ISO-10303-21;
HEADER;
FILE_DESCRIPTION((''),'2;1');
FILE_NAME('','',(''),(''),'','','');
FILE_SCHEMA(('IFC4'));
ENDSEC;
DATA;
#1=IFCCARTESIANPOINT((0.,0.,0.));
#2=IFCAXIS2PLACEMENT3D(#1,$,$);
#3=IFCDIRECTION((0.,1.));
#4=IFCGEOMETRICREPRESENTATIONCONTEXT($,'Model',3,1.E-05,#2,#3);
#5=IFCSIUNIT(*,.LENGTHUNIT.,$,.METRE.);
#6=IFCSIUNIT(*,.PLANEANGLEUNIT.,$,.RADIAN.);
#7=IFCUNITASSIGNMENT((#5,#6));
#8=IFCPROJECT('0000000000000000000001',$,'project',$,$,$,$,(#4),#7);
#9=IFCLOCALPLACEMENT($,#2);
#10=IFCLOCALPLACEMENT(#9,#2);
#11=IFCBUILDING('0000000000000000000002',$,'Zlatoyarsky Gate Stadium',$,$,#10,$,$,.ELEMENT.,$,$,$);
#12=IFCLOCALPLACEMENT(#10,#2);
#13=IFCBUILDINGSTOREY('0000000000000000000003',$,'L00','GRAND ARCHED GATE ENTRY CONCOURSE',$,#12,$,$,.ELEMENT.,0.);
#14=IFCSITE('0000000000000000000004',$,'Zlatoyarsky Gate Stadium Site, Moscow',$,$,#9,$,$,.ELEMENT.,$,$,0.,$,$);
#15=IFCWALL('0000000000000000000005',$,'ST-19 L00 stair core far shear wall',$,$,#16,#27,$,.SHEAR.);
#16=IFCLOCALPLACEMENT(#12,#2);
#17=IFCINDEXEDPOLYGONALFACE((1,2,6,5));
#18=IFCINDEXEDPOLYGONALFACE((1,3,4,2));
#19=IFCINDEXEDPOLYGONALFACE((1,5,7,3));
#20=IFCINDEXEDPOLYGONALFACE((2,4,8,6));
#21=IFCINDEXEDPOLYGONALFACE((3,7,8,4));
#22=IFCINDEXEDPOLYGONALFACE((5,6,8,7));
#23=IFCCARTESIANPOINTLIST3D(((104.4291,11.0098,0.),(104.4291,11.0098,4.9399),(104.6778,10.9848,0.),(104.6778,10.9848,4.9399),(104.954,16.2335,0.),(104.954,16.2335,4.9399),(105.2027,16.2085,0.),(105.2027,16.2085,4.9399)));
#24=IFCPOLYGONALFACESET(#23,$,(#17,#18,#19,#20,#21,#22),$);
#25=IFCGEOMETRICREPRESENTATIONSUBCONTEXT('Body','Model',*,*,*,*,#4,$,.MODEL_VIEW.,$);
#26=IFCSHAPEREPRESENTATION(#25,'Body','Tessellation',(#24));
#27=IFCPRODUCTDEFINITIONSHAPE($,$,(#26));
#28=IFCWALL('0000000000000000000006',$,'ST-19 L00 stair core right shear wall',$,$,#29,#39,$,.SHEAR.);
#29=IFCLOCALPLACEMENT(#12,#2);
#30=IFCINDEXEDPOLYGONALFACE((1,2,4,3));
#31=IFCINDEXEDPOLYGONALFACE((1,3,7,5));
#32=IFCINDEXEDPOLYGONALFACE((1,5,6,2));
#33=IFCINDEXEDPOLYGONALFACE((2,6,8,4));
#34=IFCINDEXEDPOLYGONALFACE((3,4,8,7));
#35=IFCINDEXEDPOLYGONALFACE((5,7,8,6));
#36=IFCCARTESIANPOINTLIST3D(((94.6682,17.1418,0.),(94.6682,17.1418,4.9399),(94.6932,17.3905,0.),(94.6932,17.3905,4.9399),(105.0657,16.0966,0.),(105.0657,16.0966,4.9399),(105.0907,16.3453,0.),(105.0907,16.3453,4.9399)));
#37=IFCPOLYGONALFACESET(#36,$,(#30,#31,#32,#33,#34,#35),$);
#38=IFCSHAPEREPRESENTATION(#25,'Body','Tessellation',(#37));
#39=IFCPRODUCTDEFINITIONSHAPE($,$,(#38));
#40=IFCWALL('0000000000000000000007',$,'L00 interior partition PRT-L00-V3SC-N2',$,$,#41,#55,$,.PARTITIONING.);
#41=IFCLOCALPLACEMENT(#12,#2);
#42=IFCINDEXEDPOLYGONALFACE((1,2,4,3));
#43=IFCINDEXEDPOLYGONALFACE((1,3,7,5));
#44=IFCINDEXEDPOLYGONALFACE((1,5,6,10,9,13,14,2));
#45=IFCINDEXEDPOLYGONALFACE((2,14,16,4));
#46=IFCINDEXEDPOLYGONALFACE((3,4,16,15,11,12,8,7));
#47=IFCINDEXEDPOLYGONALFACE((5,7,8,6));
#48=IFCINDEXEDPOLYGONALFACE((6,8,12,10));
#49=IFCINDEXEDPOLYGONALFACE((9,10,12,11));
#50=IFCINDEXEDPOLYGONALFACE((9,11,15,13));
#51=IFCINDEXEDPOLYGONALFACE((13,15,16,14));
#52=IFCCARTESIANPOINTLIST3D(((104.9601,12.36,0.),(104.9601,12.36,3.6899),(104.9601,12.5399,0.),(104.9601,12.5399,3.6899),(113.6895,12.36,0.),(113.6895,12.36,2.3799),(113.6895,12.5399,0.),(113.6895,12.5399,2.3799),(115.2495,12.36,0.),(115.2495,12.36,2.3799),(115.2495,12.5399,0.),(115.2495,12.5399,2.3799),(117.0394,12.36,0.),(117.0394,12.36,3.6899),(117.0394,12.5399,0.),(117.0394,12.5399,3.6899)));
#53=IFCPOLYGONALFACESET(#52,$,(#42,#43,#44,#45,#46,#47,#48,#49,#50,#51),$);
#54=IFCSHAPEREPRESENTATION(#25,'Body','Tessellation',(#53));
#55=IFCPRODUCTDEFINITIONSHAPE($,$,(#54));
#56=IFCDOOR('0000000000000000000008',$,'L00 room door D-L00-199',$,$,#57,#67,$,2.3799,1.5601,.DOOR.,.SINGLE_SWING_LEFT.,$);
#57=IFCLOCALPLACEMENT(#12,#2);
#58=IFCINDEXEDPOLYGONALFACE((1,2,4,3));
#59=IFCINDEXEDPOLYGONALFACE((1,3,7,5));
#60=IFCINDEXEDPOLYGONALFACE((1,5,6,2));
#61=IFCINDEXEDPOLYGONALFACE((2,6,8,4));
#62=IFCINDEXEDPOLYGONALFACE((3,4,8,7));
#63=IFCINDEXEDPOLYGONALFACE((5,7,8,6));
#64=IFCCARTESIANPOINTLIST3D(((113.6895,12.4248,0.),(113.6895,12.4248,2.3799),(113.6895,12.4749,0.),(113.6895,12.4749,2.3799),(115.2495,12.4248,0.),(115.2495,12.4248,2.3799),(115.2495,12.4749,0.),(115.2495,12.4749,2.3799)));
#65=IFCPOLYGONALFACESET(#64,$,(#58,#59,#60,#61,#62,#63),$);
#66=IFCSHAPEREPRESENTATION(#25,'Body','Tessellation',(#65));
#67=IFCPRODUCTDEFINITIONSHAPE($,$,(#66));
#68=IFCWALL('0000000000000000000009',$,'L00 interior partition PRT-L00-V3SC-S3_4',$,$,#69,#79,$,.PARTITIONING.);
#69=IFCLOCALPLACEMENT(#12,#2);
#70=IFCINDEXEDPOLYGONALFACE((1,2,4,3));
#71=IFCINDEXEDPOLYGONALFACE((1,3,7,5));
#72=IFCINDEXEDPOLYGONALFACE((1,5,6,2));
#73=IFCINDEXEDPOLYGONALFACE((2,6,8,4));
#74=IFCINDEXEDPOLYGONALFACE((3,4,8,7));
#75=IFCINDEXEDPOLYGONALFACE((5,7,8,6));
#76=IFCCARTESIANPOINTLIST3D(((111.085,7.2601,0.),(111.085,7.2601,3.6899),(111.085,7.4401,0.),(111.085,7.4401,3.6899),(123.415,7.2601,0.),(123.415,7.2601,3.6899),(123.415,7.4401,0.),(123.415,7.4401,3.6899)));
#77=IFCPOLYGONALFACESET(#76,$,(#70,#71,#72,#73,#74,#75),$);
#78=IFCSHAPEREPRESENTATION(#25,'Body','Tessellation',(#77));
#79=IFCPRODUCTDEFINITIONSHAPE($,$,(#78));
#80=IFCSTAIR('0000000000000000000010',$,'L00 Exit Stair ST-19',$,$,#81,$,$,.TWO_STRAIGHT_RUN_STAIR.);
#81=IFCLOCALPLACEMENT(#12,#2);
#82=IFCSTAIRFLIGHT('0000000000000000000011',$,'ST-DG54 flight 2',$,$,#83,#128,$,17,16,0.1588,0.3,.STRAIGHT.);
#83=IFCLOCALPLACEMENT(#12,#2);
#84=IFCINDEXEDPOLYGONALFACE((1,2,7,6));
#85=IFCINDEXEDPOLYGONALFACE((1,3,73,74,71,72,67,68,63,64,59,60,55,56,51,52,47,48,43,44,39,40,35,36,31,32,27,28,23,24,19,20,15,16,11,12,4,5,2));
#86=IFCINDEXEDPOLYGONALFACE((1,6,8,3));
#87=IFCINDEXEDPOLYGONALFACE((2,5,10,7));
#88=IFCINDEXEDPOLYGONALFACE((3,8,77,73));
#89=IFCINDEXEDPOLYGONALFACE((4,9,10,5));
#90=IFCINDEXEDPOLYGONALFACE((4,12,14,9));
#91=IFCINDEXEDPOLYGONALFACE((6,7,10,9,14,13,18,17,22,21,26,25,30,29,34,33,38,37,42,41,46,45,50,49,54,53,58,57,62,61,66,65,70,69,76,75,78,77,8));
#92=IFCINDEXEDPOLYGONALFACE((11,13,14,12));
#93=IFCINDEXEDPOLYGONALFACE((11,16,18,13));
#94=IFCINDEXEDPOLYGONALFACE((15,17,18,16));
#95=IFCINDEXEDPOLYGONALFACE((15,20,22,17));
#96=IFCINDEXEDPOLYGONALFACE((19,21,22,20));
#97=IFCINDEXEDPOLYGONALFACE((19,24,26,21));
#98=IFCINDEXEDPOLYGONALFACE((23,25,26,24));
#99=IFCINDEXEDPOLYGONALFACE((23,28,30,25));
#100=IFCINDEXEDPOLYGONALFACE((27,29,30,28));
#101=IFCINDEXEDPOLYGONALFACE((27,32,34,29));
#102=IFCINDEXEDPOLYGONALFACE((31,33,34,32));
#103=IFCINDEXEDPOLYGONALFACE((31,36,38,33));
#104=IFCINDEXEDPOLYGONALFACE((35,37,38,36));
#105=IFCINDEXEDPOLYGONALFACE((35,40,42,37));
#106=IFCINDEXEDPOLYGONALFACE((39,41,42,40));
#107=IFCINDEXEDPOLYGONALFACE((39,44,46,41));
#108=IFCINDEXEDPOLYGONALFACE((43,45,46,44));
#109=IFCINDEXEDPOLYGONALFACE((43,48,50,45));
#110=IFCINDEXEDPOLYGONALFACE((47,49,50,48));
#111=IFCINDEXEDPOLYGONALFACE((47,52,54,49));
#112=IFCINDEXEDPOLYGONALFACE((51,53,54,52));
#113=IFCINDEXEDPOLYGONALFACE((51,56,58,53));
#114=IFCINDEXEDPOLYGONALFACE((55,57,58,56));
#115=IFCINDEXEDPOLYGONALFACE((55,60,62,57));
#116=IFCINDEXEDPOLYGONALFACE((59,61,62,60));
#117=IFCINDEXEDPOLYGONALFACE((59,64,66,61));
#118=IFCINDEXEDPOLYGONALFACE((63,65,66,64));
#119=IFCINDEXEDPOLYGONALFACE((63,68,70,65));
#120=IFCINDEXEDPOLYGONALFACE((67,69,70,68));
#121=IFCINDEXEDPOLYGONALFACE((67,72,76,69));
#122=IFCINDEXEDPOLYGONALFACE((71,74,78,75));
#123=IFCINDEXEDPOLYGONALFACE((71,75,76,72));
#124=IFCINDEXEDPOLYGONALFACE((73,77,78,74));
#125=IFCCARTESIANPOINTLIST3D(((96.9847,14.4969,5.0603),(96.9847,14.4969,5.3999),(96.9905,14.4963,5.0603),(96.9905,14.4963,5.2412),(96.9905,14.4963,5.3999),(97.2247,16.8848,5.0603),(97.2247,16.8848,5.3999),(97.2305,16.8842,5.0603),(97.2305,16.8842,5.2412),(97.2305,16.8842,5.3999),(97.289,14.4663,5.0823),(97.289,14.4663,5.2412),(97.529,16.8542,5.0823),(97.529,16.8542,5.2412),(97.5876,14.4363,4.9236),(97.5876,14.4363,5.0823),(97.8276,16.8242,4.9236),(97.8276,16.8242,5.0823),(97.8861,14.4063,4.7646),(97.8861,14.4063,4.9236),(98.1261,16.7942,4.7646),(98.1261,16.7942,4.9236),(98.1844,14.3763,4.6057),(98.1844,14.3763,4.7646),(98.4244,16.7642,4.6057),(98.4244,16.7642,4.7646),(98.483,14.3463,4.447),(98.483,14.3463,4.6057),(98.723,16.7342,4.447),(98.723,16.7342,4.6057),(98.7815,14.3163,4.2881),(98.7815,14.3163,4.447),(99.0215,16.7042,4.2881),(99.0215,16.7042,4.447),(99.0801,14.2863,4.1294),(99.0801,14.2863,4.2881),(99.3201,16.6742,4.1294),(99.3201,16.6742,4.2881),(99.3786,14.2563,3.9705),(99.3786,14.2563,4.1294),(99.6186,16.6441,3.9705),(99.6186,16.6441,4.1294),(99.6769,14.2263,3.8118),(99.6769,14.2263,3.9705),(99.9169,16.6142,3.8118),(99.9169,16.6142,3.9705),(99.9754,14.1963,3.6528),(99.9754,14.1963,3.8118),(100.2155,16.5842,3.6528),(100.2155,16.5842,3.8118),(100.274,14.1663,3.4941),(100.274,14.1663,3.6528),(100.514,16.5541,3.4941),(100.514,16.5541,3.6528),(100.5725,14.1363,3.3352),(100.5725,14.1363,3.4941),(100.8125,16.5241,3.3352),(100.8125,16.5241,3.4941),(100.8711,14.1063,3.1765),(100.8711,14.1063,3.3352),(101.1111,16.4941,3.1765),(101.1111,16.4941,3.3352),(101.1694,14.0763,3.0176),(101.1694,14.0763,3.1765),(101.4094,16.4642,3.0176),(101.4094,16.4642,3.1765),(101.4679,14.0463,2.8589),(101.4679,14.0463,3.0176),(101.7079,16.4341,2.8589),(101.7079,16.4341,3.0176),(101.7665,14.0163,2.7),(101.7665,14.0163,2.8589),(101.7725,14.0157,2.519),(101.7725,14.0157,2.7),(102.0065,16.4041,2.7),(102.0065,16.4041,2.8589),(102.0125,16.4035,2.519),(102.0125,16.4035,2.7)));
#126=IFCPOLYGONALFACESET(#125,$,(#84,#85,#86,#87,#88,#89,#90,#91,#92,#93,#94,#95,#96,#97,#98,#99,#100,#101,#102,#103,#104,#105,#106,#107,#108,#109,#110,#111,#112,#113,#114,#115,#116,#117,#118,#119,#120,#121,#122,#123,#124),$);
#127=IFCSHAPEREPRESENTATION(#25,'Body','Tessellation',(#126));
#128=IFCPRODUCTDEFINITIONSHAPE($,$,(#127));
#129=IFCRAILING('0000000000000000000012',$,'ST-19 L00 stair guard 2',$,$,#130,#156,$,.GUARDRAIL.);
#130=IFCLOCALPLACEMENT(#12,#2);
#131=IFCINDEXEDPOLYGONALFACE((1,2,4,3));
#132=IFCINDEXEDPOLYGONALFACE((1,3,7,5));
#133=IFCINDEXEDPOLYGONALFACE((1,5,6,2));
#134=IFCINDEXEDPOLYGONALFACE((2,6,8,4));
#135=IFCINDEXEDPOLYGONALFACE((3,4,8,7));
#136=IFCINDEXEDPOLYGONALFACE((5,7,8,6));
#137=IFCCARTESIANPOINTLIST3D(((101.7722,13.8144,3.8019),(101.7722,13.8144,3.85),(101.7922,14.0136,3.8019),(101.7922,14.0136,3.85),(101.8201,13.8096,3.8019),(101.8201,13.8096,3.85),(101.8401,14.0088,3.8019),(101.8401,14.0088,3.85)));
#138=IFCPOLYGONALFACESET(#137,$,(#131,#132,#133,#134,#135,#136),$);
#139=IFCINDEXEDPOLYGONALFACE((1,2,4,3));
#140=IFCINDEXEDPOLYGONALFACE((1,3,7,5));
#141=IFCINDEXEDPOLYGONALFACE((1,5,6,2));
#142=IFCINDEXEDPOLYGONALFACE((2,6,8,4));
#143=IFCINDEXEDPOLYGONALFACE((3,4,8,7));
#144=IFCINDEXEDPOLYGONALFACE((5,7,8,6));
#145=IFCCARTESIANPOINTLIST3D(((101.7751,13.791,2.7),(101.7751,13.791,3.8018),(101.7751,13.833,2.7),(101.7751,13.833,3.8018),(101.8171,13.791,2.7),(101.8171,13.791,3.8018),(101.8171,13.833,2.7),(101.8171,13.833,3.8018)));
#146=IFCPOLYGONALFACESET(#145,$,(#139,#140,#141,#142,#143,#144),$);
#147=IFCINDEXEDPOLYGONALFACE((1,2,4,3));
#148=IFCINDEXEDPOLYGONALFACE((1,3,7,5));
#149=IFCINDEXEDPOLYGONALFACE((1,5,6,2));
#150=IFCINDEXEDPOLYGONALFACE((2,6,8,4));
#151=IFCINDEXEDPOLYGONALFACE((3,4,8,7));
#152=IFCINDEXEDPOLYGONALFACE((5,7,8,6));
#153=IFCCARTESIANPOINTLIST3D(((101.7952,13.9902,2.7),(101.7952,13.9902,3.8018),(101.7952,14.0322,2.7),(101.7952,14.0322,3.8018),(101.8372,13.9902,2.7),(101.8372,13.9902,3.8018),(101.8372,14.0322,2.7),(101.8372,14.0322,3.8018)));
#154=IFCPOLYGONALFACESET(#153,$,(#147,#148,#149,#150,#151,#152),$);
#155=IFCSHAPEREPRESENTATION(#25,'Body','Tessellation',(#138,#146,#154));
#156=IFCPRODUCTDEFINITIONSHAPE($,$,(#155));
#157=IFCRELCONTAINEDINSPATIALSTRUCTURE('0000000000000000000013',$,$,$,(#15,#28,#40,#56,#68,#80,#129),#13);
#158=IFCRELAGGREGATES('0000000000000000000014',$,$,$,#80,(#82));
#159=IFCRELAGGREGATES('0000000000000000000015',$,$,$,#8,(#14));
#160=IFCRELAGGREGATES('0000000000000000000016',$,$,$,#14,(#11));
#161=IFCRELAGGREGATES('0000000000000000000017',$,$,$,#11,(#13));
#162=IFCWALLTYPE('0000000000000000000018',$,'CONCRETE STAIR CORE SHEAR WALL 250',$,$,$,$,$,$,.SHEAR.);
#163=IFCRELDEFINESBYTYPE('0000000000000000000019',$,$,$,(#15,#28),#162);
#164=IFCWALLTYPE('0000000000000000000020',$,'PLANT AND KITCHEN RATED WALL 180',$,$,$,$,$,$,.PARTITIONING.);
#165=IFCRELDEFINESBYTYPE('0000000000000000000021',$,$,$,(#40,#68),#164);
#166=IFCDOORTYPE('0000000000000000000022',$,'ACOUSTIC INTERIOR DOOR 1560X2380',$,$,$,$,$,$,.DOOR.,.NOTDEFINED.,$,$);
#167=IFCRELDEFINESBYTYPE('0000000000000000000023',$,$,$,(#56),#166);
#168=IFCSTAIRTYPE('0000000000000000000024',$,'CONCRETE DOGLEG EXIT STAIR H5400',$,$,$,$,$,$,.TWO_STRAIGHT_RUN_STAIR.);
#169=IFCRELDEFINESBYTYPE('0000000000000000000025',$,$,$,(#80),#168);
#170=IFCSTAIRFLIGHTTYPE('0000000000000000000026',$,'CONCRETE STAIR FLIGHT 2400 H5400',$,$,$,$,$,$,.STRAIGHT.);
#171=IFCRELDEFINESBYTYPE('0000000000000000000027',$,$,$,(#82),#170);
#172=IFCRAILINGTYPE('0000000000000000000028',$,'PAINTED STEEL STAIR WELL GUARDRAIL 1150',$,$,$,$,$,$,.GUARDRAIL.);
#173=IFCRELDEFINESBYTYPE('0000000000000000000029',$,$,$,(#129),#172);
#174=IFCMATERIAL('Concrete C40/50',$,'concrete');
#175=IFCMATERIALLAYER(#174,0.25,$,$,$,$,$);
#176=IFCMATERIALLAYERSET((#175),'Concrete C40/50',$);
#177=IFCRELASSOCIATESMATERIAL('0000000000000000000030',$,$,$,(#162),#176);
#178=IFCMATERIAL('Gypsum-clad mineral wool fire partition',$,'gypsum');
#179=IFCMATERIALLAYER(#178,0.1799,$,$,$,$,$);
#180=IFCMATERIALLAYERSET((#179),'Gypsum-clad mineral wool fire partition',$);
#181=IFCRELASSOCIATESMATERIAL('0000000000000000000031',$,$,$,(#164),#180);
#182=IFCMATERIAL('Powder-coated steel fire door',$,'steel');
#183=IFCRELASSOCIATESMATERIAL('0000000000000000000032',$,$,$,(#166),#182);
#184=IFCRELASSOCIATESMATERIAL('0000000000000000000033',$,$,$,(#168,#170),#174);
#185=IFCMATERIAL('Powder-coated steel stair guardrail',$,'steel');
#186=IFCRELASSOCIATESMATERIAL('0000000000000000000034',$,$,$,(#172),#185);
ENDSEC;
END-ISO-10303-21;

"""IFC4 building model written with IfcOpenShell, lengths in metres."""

from ifc_helpers import new_model, si_unit, direction, frame, frame_2d, origin, origin_2d, place, context, subcontext, project, spatial, polyline, rectangle, outline, extrude, material, layer, layer_set, type_object, element, fill, aggregate, save


model = new_model("IFC4")

# Units and contexts
model_context = context("Model", 3, precision=1e-05, world=origin(), true_north=direction((0.0, 1.0)))
body_context = subcontext(model_context, "Body", "Model", "MODEL_VIEW")
ifc_project = project(units=[si_unit("LENGTHUNIT", "METRE"), si_unit("PLANEANGLEUNIT", "RADIAN")], contexts=[model_context])

# Site, building, storey
site_placement = place(None, origin())
site = spatial("IfcSite", under=ifc_project, at=site_placement, Name="Zlatoyarsky Gate Stadium Site, Moscow", CompositionType="ELEMENT", RefElevation=0.0)
building_placement = place(site_placement, origin())
building = spatial("IfcBuilding", under=site, at=building_placement, Name="Zlatoyarsky Gate Stadium", CompositionType="ELEMENT")
storey_placement = place(building_placement, origin())
storey = spatial("IfcBuildingStorey", under=building, at=storey_placement, Name="L00", Description="GRAND ARCHED GATE ENTRY CONCOURSE", CompositionType="ELEMENT", Elevation=0.0)

# Shared definitions
ifc_material_1 = material(Name="Concrete C40/50", Category="concrete")

# Walls
ifc_material_2 = material(Name="Gypsum-clad mineral wool fire partition", Category="gypsum")
ifc_layer_1 = layer(ifc_material_1, 0.25)
ifc_layer_set_1 = layer_set([ifc_layer_1], Name="Concrete C40/50")
wall_type_1 = type_object("IfcWallType", Name="CONCRETE STAIR CORE SHEAR WALL 250", PredefinedType="SHEAR", material=ifc_layer_set_1)
wall_1_placement = place(storey_placement, frame((104.5535, 10.9973, 0.0), z_axis=(0.0, 0.0, 1.0), x_axis=(0.099983, 0.994989, 0.0)))
element("IfcWall", 1, at=wall_1_placement, inside=storey, type_object=wall_type_1, Name="ST-19 L00 stair core far shear wall", PredefinedType="SHEAR", context=body_context, shape_type="SweptSolid", body=[
    extrude(rectangle(XDim=5.25, YDim=0.25, at=frame_2d((2.625, 0.0))), origin(), (0.0, 0.0, 1.0), 4.9399),
])
wall_2_placement = place(storey_placement, frame((105.0784, 16.2209, 0.0), z_axis=(0.0, 0.0, 1.0), x_axis=(-0.994986, 0.100017, 0.0)))
element("IfcWall", 2, at=wall_2_placement, inside=storey, type_object=wall_type_1, Name="ST-19 L00 stair core right shear wall", PredefinedType="SHEAR", context=body_context, shape_type="SweptSolid", body=[
    extrude(rectangle(XDim=10.45, YDim=0.25, at=frame_2d((5.2251, 0.0))), origin(), (0.0, 0.0, 1.0), 4.9399),
])

# Wall, opening, door
ifc_layer_2 = layer(ifc_material_2, 0.1799)
ifc_layer_set_2 = layer_set([ifc_layer_2], Name="Gypsum-clad mineral wool fire partition")
wall_type_2 = type_object("IfcWallType", Name="PLANT AND KITCHEN RATED WALL 180", PredefinedType="PARTITIONING", material=ifc_layer_set_2)
wall_3_placement = place(storey_placement, frame((104.9602, 12.45, 0.0), z_axis=(0.0, 0.0, 1.0), x_axis=(1.0, 0.0, 0.0)))
wall_3 = element("IfcWall", 3, at=wall_3_placement, inside=storey, type_object=wall_type_2, Name="L00 interior partition PRT-L00-V3SC-N2", PredefinedType="PARTITIONING", context=body_context, shape_type="SweptSolid", body=[
    extrude(rectangle(XDim=12.0793, YDim=0.1799, at=frame_2d((6.0396, 0.0))), origin(), (0.0, 0.0, 1.0), 3.6899),
])
opening_1_placement = place(wall_3_placement, frame((8.7292, 0.0, 0.0)))
opening_1 = element("IfcOpeningElement", 4, at=opening_1_placement, cuts=wall_3, PredefinedType="OPENING", context=body_context, shape_type="SweptSolid", body=[
    extrude(rectangle(XDim=1.5601, YDim=2.3799, at=frame_2d((0.78, 1.1899))), frame((0.0, 0.0999, 0.0), z_axis=(0.0, -1.0, 0.0), x_axis=(1.0, 0.0, 0.0)), (0.0, 0.0, 1.0), 0.2),
])
ifc_material_3 = material(Name="Powder-coated steel fire door", Category="steel")
door_type_1 = type_object("IfcDoorType", Name="ACOUSTIC INTERIOR DOOR 1560X2380", OperationType="NOTDEFINED", PredefinedType="DOOR", material=ifc_material_3)
door_1_placement = place(opening_1_placement, origin())
door_1 = element("IfcDoor", 5, at=door_1_placement, inside=storey, type_object=door_type_1, Name="L00 room door D-L00-199", OperationType="SINGLE_SWING_LEFT", OverallHeight=2.3799, OverallWidth=1.5601, PredefinedType="DOOR", context=body_context, shape_type="SweptSolid", body=[
    extrude(rectangle(XDim=1.5601, YDim=2.3799, at=frame_2d((0.78, 1.1899))), frame((0.0, 0.0249, 0.0), z_axis=(0.0, -1.0, 0.0), x_axis=(1.0, 0.0, 0.0)), (0.0, 0.0, 1.0), 0.05),
])
fill(opening_1, door_1)

# Wall
wall_4_placement = place(storey_placement, frame((111.085, 7.3501, 0.0), z_axis=(0.0, 0.0, 1.0), x_axis=(1.0, 0.0, 0.0)))
element("IfcWall", 6, at=wall_4_placement, inside=storey, type_object=wall_type_2, Name="L00 interior partition PRT-L00-V3SC-S3_4", PredefinedType="PARTITIONING", context=body_context, shape_type="SweptSolid", body=[
    extrude(rectangle(XDim=12.3301, YDim=0.1799, at=frame_2d((6.165, 0.0))), origin(), (0.0, 0.0, 1.0), 3.6899),
])

# Stair, stair flight
stair_type = type_object("IfcStairType", Name="CONCRETE DOGLEG EXIT STAIR H5400", PredefinedType="TWO_STRAIGHT_RUN_STAIR", material=ifc_material_1)
stair_placement = place(storey_placement, origin())
stair = element("IfcStair", 7, at=stair_placement, inside=storey, type_object=stair_type, Name="L00 Exit Stair ST-19", PredefinedType="TWO_STRAIGHT_RUN_STAIR")
stair_flight_type = type_object("IfcStairFlightType", Name="CONCRETE STAIR FLIGHT 2400 H5400", PredefinedType="STRAIGHT", material=ifc_material_1)
stair_flight_placement = place(storey_placement, frame((101.8865, 15.2102, 2.7), z_axis=(0.0, 0.0, 1.0), x_axis=(-0.994987, 0.100006, 0.0)))
stair_flight = element("IfcStairFlight", 8, at=stair_flight_placement, type_object=stair_flight_type, Name="ST-DG54 flight 2", NumberOfRisers=17, NumberOfTreads=16, PredefinedType="STRAIGHT", RiserHeight=0.1588, TreadLength=0.3, context=body_context, shape_type="SweptSolid", body=[
    extrude(outline(polyline([(-0.0061, -0.1809), (-0.0061, 0.0), (0.0, 0.0), (0.0, 0.1589), (0.3, 0.1589), (0.3, 0.3176), (0.6001, 0.3176), (0.6001, 0.4766), (0.8999, 0.4766), (0.8999, 0.6353), (1.2, 0.6353), (1.2, 0.7942), (1.5, 0.7942), (1.5, 0.9529), (1.8, 0.9529), (1.8, 1.1118), (2.1001, 1.1118), (2.1001, 1.2705), (2.3999, 1.2705), (2.3999, 1.4294), (2.7, 1.4294), (2.7, 1.5881), (3.0, 1.5881), (3.0, 1.7471), (3.3, 1.7471), (3.3, 1.9058), (3.6001, 1.9058), (3.6001, 2.0647), (3.8999, 2.0647), (3.8999, 2.2236), (4.2, 2.2236), (4.2, 2.3823), (4.5, 2.3823), (4.5, 2.5413), (4.8, 2.5413), (4.8, 2.7), (4.8059, 2.7), (4.8059, 2.3604), (4.8, 2.3604), (-0.0061, -0.1809)])), frame((0.0, 1.2, 0.0), z_axis=(0.0, -1.0, 0.0), x_axis=(1.0, 0.0, 0.0)), (0.0, 0.0, 1.0), 2.3999),
])
aggregate(stair, [stair_flight])

# Railing
ifc_material_4 = material(Name="Powder-coated steel stair guardrail", Category="steel")
railing_type_1 = type_object("IfcRailingType", Name="PAINTED STEEL STAIR WELL GUARDRAIL 1150", PredefinedType="GUARDRAIL", material=ifc_material_4)
railing_1_placement = place(storey_placement, frame((101.7961, 13.812, 2.7)))
element("IfcRailing", 9, at=railing_1_placement, inside=storey, type_object=railing_type_1, Name="ST-19 L00 stair guard 2", PredefinedType="GUARDRAIL", context=body_context, shape_type="SweptSolid", body=[
    extrude(rectangle(XDim=0.0481, YDim=0.0481, at=origin_2d()), frame((0.0, 0.0, 1.126), z_axis=(0.099987, 0.994989, 0.0), x_axis=(-0.994989, 0.099987, 0.0)), (0.0, 0.0, 1.0), 0.2002),
    extrude(rectangle(XDim=0.042, YDim=0.042, at=origin_2d()), origin(), (0.0, 0.0, 1.0), 1.1018),
    extrude(rectangle(XDim=0.042, YDim=0.042, at=origin_2d()), frame((0.02, 0.1992, 0.0)), (0.0, 0.0, 1.0), 1.1018),
])

save(model, "model.ifc")
